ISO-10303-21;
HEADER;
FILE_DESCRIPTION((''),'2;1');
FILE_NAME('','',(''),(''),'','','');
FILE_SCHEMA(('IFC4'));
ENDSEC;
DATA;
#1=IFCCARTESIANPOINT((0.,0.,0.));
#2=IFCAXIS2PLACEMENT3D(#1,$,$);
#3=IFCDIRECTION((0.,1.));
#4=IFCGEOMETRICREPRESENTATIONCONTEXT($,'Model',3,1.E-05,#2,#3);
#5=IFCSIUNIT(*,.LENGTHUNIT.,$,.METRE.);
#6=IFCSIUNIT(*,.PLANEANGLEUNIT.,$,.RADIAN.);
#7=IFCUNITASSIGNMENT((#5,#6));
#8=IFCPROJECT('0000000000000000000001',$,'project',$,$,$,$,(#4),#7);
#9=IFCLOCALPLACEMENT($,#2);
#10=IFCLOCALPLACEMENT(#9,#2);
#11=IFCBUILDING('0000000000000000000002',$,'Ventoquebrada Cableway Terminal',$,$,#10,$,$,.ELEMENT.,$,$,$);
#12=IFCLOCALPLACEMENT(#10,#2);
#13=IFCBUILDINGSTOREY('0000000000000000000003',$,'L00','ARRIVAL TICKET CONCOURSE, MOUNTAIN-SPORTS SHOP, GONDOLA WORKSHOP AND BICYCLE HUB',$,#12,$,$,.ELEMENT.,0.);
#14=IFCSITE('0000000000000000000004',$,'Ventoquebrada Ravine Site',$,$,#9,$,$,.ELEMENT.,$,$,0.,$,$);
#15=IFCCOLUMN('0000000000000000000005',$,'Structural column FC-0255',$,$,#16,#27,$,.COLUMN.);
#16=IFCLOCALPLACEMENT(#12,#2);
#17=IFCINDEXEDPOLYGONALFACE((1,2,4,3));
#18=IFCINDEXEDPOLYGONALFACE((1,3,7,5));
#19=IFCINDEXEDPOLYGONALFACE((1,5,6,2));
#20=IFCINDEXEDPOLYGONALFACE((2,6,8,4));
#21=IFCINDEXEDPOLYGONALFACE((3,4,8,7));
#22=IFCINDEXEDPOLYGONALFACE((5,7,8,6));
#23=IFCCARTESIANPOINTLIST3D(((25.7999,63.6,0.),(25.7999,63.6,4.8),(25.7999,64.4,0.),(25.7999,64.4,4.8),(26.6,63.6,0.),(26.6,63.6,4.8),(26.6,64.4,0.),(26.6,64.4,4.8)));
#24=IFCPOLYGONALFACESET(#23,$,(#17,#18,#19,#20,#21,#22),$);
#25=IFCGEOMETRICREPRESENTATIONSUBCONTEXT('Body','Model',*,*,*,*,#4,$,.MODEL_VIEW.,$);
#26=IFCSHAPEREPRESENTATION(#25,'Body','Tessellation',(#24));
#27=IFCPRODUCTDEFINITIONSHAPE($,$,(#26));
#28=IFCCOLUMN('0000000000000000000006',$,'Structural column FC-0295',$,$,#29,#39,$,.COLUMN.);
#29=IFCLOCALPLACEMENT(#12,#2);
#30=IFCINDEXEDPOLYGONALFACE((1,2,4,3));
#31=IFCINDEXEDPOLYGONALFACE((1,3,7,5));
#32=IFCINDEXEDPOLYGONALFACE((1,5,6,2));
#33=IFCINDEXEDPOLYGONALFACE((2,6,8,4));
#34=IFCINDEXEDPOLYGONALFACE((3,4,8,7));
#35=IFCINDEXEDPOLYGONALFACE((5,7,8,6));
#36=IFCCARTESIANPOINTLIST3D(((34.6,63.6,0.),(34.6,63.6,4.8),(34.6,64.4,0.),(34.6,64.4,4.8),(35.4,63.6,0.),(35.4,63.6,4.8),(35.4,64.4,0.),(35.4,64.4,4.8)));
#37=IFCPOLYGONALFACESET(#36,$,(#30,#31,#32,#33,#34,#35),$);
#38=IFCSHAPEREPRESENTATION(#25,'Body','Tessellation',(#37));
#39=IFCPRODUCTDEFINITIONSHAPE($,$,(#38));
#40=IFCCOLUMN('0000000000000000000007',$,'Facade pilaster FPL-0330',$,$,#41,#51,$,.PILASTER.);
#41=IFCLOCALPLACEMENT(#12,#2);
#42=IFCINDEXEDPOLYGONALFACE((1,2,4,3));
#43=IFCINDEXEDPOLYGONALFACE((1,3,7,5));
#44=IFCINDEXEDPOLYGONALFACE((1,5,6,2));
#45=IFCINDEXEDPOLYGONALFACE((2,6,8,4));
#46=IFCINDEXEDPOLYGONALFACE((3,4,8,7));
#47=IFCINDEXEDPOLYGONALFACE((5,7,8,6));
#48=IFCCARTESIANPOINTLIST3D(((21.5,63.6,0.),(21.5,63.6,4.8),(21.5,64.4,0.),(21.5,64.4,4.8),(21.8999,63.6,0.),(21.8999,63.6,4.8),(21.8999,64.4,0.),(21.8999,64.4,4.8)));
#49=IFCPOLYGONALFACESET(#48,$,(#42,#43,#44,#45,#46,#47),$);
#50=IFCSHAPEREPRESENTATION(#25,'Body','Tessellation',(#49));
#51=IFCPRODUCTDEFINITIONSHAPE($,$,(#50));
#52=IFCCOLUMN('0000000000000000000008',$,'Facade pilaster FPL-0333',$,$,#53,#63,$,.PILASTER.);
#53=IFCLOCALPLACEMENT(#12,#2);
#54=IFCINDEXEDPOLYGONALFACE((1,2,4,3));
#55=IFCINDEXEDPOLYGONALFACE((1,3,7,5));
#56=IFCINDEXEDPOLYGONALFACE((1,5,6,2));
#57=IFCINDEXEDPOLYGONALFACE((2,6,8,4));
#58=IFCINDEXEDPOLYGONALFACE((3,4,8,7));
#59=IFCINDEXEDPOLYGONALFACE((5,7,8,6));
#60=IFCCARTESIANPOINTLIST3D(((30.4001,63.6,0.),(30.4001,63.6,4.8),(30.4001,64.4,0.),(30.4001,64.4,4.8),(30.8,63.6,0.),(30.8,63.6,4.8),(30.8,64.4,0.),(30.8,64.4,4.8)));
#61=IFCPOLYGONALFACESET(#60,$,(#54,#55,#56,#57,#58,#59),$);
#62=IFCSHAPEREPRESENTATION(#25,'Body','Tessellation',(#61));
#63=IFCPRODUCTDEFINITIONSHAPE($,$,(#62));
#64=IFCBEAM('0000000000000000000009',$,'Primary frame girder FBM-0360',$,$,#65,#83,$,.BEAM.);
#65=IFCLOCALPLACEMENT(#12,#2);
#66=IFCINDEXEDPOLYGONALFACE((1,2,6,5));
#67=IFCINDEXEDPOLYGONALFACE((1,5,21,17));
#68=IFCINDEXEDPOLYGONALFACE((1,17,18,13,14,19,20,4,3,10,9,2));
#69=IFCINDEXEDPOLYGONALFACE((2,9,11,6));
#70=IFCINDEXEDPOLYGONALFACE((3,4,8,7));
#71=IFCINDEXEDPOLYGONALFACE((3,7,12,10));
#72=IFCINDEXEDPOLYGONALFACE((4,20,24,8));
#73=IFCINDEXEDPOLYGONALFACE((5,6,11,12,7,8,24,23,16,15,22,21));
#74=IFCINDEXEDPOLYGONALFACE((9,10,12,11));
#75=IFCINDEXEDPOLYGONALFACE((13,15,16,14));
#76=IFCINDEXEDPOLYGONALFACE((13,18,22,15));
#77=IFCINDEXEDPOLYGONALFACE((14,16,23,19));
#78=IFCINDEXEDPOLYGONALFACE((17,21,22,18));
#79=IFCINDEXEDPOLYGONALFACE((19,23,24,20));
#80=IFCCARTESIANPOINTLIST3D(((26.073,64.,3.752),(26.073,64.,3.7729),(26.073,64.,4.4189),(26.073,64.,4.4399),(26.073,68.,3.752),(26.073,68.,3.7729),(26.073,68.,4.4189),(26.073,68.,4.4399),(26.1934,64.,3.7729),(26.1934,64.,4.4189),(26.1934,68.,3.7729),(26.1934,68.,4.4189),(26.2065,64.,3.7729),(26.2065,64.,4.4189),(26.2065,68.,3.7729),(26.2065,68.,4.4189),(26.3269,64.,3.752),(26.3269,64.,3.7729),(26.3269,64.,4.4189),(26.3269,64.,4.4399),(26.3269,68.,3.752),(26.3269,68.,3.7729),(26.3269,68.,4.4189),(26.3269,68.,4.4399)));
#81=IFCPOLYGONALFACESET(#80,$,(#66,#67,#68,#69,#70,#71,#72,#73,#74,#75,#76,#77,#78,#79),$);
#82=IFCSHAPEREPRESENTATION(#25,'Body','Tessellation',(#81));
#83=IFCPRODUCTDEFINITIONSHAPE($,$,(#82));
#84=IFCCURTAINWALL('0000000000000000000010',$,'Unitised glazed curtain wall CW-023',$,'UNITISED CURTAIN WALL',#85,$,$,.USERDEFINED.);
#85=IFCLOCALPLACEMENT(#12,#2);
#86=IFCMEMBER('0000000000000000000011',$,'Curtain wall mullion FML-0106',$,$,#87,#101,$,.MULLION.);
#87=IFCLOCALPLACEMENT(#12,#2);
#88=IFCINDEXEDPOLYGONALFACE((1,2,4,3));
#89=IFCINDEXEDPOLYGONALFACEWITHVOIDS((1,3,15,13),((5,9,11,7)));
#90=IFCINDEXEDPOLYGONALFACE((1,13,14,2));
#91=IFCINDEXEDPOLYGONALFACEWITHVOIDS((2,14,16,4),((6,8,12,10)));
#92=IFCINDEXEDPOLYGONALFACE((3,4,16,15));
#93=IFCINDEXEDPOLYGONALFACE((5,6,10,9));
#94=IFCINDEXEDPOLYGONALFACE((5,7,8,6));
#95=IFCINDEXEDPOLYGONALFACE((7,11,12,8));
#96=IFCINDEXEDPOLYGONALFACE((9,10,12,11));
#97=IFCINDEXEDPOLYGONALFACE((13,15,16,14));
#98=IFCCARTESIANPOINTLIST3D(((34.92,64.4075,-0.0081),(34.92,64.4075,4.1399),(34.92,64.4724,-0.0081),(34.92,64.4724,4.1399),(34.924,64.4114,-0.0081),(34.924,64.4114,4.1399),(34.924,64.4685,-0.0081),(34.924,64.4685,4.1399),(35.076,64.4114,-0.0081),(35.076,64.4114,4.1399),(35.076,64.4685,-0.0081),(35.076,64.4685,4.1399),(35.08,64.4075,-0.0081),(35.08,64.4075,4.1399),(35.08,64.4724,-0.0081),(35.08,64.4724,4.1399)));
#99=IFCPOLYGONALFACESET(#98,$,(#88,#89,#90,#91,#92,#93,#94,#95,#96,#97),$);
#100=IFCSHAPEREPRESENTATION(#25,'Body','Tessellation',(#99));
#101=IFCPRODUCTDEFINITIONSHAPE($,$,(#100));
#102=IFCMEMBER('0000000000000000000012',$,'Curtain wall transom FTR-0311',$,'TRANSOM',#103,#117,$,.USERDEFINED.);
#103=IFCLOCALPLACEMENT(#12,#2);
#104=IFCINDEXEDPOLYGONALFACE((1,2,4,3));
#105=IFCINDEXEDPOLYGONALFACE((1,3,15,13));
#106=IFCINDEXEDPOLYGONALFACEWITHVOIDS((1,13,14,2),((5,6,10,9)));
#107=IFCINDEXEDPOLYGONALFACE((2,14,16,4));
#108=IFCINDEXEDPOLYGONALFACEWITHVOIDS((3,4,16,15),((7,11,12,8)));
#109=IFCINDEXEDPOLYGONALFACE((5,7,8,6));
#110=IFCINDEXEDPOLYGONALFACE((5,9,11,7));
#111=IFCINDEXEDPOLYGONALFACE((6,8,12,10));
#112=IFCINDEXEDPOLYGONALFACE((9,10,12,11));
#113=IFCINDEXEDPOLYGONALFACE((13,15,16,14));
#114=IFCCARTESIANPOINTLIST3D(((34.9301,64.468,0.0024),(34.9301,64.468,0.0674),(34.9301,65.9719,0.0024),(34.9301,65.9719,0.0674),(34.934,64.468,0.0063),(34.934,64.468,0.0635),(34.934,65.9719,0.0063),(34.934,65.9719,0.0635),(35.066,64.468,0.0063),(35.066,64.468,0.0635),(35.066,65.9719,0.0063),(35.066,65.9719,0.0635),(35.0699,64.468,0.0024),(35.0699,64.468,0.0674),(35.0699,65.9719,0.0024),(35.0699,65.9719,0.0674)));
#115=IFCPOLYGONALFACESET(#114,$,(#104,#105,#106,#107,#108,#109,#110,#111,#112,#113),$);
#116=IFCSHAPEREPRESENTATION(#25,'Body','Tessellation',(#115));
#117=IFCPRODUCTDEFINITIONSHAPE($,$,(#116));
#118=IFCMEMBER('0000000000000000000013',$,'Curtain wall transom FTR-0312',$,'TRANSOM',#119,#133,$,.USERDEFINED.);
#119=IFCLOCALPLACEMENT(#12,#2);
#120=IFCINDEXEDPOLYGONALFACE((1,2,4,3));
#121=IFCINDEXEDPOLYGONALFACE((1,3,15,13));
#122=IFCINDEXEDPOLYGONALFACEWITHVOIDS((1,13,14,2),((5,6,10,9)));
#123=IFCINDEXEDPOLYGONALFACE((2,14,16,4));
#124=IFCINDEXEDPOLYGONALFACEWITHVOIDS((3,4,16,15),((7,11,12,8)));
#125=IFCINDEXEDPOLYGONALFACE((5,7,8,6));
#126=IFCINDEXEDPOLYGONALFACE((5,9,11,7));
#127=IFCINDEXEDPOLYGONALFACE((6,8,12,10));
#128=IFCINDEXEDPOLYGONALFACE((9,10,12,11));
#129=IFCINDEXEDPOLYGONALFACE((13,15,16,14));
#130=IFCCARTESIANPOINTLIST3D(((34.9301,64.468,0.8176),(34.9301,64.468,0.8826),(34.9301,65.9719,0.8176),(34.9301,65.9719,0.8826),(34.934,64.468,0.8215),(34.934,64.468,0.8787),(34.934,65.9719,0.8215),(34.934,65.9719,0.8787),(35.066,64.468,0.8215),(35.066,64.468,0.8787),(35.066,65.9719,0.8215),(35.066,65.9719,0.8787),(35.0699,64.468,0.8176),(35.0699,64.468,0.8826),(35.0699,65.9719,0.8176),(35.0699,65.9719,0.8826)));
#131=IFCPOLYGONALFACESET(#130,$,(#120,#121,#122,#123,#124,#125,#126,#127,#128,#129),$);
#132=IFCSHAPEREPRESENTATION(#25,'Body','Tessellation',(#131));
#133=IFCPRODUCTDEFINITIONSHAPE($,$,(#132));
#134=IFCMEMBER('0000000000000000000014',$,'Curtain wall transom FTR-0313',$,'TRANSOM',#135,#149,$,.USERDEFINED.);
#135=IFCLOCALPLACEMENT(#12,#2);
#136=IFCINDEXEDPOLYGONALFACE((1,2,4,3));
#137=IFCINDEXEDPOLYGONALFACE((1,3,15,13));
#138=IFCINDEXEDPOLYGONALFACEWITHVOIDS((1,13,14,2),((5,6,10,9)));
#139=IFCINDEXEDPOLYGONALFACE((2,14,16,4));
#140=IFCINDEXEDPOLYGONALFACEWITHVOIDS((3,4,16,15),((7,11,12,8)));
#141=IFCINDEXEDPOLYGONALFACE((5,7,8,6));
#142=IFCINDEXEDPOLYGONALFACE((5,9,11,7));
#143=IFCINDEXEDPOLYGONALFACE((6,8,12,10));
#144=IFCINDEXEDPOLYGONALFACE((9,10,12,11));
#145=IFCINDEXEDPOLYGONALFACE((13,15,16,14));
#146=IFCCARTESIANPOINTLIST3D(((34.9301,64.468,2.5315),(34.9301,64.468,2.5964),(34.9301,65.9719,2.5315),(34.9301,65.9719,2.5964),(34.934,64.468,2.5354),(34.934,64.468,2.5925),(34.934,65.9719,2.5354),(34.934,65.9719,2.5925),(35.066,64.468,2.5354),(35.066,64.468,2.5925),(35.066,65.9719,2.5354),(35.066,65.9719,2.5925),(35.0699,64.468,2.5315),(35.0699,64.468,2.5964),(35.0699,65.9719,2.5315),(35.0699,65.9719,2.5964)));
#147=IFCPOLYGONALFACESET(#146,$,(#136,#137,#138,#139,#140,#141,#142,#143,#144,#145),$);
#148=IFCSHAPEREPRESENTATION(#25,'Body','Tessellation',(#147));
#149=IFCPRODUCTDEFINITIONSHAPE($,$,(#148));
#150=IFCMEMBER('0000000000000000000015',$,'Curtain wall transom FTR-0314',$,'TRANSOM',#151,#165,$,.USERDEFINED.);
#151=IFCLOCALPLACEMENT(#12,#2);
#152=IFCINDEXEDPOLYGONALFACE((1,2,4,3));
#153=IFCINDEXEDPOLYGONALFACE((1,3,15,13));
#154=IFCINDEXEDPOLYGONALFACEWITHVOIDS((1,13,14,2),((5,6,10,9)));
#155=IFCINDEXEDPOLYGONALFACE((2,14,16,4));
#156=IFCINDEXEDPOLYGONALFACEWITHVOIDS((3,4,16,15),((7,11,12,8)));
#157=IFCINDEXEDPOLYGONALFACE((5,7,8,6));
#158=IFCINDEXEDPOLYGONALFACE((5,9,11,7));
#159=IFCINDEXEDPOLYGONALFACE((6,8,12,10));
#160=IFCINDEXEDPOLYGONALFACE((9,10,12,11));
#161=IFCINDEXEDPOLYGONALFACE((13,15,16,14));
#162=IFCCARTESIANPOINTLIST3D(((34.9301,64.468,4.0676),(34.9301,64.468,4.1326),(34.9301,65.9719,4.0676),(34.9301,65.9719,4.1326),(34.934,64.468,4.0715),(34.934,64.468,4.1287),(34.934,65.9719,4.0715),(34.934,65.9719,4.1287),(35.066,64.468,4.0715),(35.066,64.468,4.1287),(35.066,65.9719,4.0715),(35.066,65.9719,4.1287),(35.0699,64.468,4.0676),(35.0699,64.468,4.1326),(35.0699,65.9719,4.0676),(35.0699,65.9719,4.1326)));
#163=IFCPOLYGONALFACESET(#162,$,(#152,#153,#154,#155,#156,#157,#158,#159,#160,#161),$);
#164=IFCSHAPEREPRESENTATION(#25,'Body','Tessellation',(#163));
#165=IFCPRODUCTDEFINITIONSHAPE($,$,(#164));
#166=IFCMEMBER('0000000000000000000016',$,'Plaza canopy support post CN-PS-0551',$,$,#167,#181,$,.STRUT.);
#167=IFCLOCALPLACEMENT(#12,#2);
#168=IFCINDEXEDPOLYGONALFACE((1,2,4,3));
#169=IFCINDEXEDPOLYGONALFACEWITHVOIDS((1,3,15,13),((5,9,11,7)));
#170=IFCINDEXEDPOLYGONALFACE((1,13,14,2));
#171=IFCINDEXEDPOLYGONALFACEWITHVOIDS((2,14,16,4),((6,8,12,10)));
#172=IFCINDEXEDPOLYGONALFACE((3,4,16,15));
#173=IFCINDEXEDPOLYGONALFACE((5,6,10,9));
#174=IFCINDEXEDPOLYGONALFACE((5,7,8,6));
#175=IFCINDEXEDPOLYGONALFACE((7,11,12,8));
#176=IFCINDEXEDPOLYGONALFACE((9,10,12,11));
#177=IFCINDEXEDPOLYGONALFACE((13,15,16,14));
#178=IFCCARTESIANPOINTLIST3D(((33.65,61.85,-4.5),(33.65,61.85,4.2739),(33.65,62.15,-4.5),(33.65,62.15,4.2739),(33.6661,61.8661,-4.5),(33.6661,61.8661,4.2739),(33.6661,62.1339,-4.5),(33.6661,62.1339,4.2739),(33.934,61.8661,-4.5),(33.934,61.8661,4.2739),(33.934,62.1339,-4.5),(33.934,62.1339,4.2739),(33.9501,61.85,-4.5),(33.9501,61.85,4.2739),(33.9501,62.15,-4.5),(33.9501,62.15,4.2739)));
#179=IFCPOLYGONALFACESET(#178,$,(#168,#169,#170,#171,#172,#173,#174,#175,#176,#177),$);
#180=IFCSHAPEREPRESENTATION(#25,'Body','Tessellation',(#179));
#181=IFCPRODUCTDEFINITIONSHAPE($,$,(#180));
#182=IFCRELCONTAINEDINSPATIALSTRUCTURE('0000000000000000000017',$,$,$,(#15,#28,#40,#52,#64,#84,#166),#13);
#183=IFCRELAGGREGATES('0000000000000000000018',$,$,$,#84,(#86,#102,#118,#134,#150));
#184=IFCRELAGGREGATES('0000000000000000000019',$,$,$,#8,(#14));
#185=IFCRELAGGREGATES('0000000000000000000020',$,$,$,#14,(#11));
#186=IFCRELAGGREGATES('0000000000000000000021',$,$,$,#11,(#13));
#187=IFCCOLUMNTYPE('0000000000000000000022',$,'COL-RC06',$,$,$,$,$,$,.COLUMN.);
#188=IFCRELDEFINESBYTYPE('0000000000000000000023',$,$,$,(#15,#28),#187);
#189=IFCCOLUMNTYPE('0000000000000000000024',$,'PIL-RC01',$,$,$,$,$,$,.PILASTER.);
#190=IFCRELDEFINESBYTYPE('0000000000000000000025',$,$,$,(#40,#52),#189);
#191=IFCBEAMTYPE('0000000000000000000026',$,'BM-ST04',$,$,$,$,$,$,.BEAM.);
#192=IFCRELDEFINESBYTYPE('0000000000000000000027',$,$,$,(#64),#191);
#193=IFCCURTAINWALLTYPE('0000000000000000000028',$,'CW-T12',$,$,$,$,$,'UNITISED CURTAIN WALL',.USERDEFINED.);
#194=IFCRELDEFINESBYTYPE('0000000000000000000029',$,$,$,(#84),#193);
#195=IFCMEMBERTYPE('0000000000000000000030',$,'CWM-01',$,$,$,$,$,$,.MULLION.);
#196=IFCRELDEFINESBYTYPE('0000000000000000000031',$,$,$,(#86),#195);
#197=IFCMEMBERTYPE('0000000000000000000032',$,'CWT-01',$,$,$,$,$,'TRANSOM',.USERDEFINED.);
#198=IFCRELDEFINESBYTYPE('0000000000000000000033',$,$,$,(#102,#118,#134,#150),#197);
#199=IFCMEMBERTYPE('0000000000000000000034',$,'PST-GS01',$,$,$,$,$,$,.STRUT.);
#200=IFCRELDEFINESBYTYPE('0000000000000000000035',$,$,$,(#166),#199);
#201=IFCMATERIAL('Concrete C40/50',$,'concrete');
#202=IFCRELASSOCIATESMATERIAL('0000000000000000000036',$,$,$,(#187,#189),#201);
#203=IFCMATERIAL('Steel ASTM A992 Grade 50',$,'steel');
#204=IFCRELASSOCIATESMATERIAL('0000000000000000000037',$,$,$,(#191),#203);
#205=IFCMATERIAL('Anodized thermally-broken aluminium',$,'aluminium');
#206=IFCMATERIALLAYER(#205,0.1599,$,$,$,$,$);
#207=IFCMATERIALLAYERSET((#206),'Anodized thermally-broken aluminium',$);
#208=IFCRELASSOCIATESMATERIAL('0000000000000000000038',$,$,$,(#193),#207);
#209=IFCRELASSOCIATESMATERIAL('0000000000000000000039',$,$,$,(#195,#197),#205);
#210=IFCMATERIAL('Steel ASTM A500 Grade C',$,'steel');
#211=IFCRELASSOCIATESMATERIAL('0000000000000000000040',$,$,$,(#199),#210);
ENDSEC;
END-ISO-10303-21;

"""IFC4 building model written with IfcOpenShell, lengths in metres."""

from ifc_helpers import new_model, si_unit, direction, frame, origin, origin_2d, place, context, subcontext, project, spatial, rectangle, hollow_rectangle, i_section, extrude, material, layer, layer_set, material_profile, profile_set, type_object, element, aggregate, save


model = new_model("IFC4")

# Units and contexts
model_context = context("Model", 3, precision=1e-05, world=origin(), true_north=direction((0.0, 1.0)))
body_context = subcontext(model_context, "Body", "Model", "MODEL_VIEW")
ifc_project = project(units=[si_unit("LENGTHUNIT", "METRE"), si_unit("PLANEANGLEUNIT", "RADIAN")], contexts=[model_context])

# Site, building, storey
site_placement = place(None, origin())
site = spatial("IfcSite", under=ifc_project, at=site_placement, Name="Ventoquebrada Ravine Site", CompositionType="ELEMENT", RefElevation=0.0)
building_placement = place(site_placement, origin())
building = spatial("IfcBuilding", under=site, at=building_placement, Name="Ventoquebrada Cableway Terminal", CompositionType="ELEMENT")
storey_placement = place(building_placement, origin())
storey = spatial("IfcBuildingStorey", under=building, at=storey_placement, Name="L00", Description="ARRIVAL TICKET CONCOURSE, MOUNTAIN-SPORTS SHOP, GONDOLA WORKSHOP AND BICYCLE HUB", CompositionType="ELEMENT", Elevation=0.0)

# Columns
ifc_material_1 = material(Name="Concrete C40/50", Category="concrete")
ifc_material_profile_1 = material_profile(ifc_material_1, rectangle(XDim=0.8, YDim=0.8, at=origin_2d()), Name="RC-COL-800X800")
ifc_profile_set_1 = profile_set([ifc_material_profile_1], Name="Concrete C40/50")
column_type_1 = type_object("IfcColumnType", Name="COL-RC06", PredefinedType="COLUMN", material=ifc_profile_set_1)
for number, where, z_axis, x_axis, name in (
    (1, (26.2, 64.0, 0.0), (0.0, 0.0, 1.0), (1.0, 0.0, 0.0), "Structural column FC-0255"),
    (2, (35.0, 64.0, 0.0), (0.0, 0.0, 1.0), (1.0, 0.0, 0.0), "Structural column FC-0295"),
):
    element("IfcColumn", number, at=place(storey_placement, frame(where, z_axis=z_axis, x_axis=x_axis)), inside=storey, type_object=column_type_1, Name=name, PredefinedType="COLUMN", context=body_context, shape_type="SweptSolid", body=[
        extrude(rectangle(XDim=0.8, YDim=0.8, at=origin_2d()), origin(), (0.0, 0.0, 1.0), 4.8),
    ])
ifc_material_profile_2 = material_profile(ifc_material_1, rectangle(XDim=0.3999, YDim=0.8, at=origin_2d()), Name="RC-PIL-400X800")
ifc_profile_set_2 = profile_set([ifc_material_profile_2], Name="Concrete C40/50")
column_type_2 = type_object("IfcColumnType", Name="PIL-RC01", PredefinedType="PILASTER", material=ifc_profile_set_2)
for number, where, z_axis, x_axis, name in (
    (3, (21.7, 64.0, 0.0), (0.0, 0.0, 1.0), (1.0, 0.0, 0.0), "Facade pilaster FPL-0330"),
    (4, (30.6001, 64.0, 0.0), (0.0, 0.0, 1.0), (1.0, 0.0, 0.0), "Facade pilaster FPL-0333"),
):
    element("IfcColumn", number, at=place(storey_placement, frame(where, z_axis=z_axis, x_axis=x_axis)), inside=storey, type_object=column_type_2, Name=name, PredefinedType="PILASTER", context=body_context, shape_type="SweptSolid", body=[
        extrude(rectangle(XDim=0.3999, YDim=0.8, at=origin_2d()), origin(), (0.0, 0.0, 1.0), 4.8),
    ])

# Beam
ifc_material_2 = material(Name="Steel ASTM A992 Grade 50", Category="steel")
ifc_material_profile_3 = material_profile(ifc_material_2, i_section(OverallWidth=0.2539, OverallDepth=0.688, WebThickness=0.0132, FlangeThickness=0.021, at=origin_2d()), Name="W27X102")
ifc_profile_set_3 = profile_set([ifc_material_profile_3], Name="Steel ASTM A992 Grade 50")
beam_type_1 = type_object("IfcBeamType", Name="BM-ST04", PredefinedType="BEAM", material=ifc_profile_set_3)
beam_1_placement = place(storey_placement, frame((26.2, 64.0, 4.0959), z_axis=(0.0, 1.0, 0.0), x_axis=(-1.0, 0.0, 0.0)))
element("IfcBeam", 5, at=beam_1_placement, inside=storey, type_object=beam_type_1, Name="Primary frame girder FBM-0360", PredefinedType="BEAM", context=body_context, shape_type="SweptSolid", body=[
    extrude(i_section(OverallWidth=0.2539, OverallDepth=0.688, WebThickness=0.0132, FlangeThickness=0.021, at=origin_2d()), origin(), (0.0, 0.0, 1.0), 4.0),
])

# Curtain wall, members
ifc_material_3 = material(Name="Anodized thermally-broken aluminium", Category="aluminium")
ifc_layer_1 = layer(ifc_material_3, 0.1599)
ifc_layer_set_1 = layer_set([ifc_layer_1], Name="Anodized thermally-broken aluminium")
curtain_wall_type = type_object("IfcCurtainWallType", Name="CW-T12", ElementType="UNITISED CURTAIN WALL", PredefinedType="USERDEFINED", material=ifc_layer_set_1)
curtain_wall_placement = place(storey_placement, origin())
curtain_wall = element("IfcCurtainWall", 6, at=curtain_wall_placement, inside=storey, type_object=curtain_wall_type, Name="Unitised glazed curtain wall CW-023", ObjectType="UNITISED CURTAIN WALL", PredefinedType="USERDEFINED")
ifc_material_profile_4 = material_profile(ifc_material_3, hollow_rectangle(XDim=0.0649, YDim=0.1599, WallThickness=0.0039, at=origin_2d()), Name="CW-MUL-65X160")
ifc_profile_set_4 = profile_set([ifc_material_profile_4], Name="Anodized thermally-broken aluminium")
member_type_1 = type_object("IfcMemberType", Name="CWM-01", PredefinedType="MULLION", material=ifc_profile_set_4)
member_1_placement = place(storey_placement, frame((35.0, 64.4399, -0.0081), z_axis=(0.0, 0.0, 1.0), x_axis=(0.0, 1.0, 0.0)))
member_1 = element("IfcMember", 7, at=member_1_placement, type_object=member_type_1, Name="Curtain wall mullion FML-0106", PredefinedType="MULLION", context=body_context, shape_type="SweptSolid", body=[
    extrude(hollow_rectangle(XDim=0.0649, YDim=0.1599, WallThickness=0.0039, at=origin_2d()), origin(), (0.0, 0.0, 1.0), 4.1479),
])
ifc_material_profile_5 = material_profile(ifc_material_3, hollow_rectangle(XDim=0.0649, YDim=0.1399, WallThickness=0.0039, at=origin_2d()), Name="CW-TRN-65X140")
ifc_profile_set_5 = profile_set([ifc_material_profile_5], Name="Anodized thermally-broken aluminium")
member_type_2 = type_object("IfcMemberType", Name="CWT-01", ElementType="TRANSOM", PredefinedType="USERDEFINED", material=ifc_profile_set_5)
member_2_placement = place(storey_placement, frame((35.0, 64.468, 0.0349), z_axis=(0.0, 1.0, 0.0), x_axis=(0.0, 0.0, 1.0)))
member_2 = element("IfcMember", 8, at=member_2_placement, type_object=member_type_2, Name="Curtain wall transom FTR-0311", ObjectType="TRANSOM", PredefinedType="USERDEFINED", context=body_context, shape_type="SweptSolid", body=[
    extrude(hollow_rectangle(XDim=0.0649, YDim=0.1399, WallThickness=0.0039, at=origin_2d()), origin(), (0.0, 0.0, 1.0), 1.5039),
])
member_3_placement = place(storey_placement, frame((35.0, 64.468, 0.8501), z_axis=(0.0, 1.0, 0.0), x_axis=(0.0, 0.0, 1.0)))
member_3 = element("IfcMember", 9, at=member_3_placement, type_object=member_type_2, Name="Curtain wall transom FTR-0312", ObjectType="TRANSOM", PredefinedType="USERDEFINED", context=body_context, shape_type="SweptSolid", body=[
    extrude(hollow_rectangle(XDim=0.0649, YDim=0.1399, WallThickness=0.0039, at=origin_2d()), origin(), (0.0, 0.0, 1.0), 1.5039),
])
member_4_placement = place(storey_placement, frame((35.0, 64.468, 2.564), z_axis=(0.0, 1.0, 0.0), x_axis=(0.0, 0.0, 1.0)))
member_4 = element("IfcMember", 10, at=member_4_placement, type_object=member_type_2, Name="Curtain wall transom FTR-0313", ObjectType="TRANSOM", PredefinedType="USERDEFINED", context=body_context, shape_type="SweptSolid", body=[
    extrude(hollow_rectangle(XDim=0.0649, YDim=0.1399, WallThickness=0.0039, at=origin_2d()), origin(), (0.0, 0.0, 1.0), 1.5039),
])
member_5_placement = place(storey_placement, frame((35.0, 64.468, 4.1001), z_axis=(0.0, 1.0, 0.0), x_axis=(0.0, 0.0, 1.0)))
member_5 = element("IfcMember", 11, at=member_5_placement, type_object=member_type_2, Name="Curtain wall transom FTR-0314", ObjectType="TRANSOM", PredefinedType="USERDEFINED", context=body_context, shape_type="SweptSolid", body=[
    extrude(hollow_rectangle(XDim=0.0649, YDim=0.1399, WallThickness=0.0039, at=origin_2d()), origin(), (0.0, 0.0, 1.0), 1.5039),
])
aggregate(curtain_wall, [member_1, member_2, member_3, member_4, member_5])

# Member
ifc_material_4 = material(Name="Steel ASTM A500 Grade C", Category="steel")
ifc_material_profile_6 = material_profile(ifc_material_4, hollow_rectangle(XDim=0.3, YDim=0.3, WallThickness=0.0161, at=origin_2d()), Name="HSS300X300X16")
ifc_profile_set_6 = profile_set([ifc_material_profile_6], Name="Steel ASTM A500 Grade C")
member_type_3 = type_object("IfcMemberType", Name="PST-GS01", PredefinedType="STRUT", material=ifc_profile_set_6)
member_6_placement = place(storey_placement, frame((33.8, 62.0, -4.5), z_axis=(0.0, 0.0, 1.0), x_axis=(1.0, 0.0, 0.0)))
element("IfcMember", 12, at=member_6_placement, inside=storey, type_object=member_type_3, Name="Plaza canopy support post CN-PS-0551", PredefinedType="STRUT", context=body_context, shape_type="SweptSolid", body=[
    extrude(hollow_rectangle(XDim=0.3, YDim=0.3, WallThickness=0.0161, at=origin_2d()), origin(), (0.0, 0.0, 1.0), 8.7739),
])

save(model, "model.ifc")
